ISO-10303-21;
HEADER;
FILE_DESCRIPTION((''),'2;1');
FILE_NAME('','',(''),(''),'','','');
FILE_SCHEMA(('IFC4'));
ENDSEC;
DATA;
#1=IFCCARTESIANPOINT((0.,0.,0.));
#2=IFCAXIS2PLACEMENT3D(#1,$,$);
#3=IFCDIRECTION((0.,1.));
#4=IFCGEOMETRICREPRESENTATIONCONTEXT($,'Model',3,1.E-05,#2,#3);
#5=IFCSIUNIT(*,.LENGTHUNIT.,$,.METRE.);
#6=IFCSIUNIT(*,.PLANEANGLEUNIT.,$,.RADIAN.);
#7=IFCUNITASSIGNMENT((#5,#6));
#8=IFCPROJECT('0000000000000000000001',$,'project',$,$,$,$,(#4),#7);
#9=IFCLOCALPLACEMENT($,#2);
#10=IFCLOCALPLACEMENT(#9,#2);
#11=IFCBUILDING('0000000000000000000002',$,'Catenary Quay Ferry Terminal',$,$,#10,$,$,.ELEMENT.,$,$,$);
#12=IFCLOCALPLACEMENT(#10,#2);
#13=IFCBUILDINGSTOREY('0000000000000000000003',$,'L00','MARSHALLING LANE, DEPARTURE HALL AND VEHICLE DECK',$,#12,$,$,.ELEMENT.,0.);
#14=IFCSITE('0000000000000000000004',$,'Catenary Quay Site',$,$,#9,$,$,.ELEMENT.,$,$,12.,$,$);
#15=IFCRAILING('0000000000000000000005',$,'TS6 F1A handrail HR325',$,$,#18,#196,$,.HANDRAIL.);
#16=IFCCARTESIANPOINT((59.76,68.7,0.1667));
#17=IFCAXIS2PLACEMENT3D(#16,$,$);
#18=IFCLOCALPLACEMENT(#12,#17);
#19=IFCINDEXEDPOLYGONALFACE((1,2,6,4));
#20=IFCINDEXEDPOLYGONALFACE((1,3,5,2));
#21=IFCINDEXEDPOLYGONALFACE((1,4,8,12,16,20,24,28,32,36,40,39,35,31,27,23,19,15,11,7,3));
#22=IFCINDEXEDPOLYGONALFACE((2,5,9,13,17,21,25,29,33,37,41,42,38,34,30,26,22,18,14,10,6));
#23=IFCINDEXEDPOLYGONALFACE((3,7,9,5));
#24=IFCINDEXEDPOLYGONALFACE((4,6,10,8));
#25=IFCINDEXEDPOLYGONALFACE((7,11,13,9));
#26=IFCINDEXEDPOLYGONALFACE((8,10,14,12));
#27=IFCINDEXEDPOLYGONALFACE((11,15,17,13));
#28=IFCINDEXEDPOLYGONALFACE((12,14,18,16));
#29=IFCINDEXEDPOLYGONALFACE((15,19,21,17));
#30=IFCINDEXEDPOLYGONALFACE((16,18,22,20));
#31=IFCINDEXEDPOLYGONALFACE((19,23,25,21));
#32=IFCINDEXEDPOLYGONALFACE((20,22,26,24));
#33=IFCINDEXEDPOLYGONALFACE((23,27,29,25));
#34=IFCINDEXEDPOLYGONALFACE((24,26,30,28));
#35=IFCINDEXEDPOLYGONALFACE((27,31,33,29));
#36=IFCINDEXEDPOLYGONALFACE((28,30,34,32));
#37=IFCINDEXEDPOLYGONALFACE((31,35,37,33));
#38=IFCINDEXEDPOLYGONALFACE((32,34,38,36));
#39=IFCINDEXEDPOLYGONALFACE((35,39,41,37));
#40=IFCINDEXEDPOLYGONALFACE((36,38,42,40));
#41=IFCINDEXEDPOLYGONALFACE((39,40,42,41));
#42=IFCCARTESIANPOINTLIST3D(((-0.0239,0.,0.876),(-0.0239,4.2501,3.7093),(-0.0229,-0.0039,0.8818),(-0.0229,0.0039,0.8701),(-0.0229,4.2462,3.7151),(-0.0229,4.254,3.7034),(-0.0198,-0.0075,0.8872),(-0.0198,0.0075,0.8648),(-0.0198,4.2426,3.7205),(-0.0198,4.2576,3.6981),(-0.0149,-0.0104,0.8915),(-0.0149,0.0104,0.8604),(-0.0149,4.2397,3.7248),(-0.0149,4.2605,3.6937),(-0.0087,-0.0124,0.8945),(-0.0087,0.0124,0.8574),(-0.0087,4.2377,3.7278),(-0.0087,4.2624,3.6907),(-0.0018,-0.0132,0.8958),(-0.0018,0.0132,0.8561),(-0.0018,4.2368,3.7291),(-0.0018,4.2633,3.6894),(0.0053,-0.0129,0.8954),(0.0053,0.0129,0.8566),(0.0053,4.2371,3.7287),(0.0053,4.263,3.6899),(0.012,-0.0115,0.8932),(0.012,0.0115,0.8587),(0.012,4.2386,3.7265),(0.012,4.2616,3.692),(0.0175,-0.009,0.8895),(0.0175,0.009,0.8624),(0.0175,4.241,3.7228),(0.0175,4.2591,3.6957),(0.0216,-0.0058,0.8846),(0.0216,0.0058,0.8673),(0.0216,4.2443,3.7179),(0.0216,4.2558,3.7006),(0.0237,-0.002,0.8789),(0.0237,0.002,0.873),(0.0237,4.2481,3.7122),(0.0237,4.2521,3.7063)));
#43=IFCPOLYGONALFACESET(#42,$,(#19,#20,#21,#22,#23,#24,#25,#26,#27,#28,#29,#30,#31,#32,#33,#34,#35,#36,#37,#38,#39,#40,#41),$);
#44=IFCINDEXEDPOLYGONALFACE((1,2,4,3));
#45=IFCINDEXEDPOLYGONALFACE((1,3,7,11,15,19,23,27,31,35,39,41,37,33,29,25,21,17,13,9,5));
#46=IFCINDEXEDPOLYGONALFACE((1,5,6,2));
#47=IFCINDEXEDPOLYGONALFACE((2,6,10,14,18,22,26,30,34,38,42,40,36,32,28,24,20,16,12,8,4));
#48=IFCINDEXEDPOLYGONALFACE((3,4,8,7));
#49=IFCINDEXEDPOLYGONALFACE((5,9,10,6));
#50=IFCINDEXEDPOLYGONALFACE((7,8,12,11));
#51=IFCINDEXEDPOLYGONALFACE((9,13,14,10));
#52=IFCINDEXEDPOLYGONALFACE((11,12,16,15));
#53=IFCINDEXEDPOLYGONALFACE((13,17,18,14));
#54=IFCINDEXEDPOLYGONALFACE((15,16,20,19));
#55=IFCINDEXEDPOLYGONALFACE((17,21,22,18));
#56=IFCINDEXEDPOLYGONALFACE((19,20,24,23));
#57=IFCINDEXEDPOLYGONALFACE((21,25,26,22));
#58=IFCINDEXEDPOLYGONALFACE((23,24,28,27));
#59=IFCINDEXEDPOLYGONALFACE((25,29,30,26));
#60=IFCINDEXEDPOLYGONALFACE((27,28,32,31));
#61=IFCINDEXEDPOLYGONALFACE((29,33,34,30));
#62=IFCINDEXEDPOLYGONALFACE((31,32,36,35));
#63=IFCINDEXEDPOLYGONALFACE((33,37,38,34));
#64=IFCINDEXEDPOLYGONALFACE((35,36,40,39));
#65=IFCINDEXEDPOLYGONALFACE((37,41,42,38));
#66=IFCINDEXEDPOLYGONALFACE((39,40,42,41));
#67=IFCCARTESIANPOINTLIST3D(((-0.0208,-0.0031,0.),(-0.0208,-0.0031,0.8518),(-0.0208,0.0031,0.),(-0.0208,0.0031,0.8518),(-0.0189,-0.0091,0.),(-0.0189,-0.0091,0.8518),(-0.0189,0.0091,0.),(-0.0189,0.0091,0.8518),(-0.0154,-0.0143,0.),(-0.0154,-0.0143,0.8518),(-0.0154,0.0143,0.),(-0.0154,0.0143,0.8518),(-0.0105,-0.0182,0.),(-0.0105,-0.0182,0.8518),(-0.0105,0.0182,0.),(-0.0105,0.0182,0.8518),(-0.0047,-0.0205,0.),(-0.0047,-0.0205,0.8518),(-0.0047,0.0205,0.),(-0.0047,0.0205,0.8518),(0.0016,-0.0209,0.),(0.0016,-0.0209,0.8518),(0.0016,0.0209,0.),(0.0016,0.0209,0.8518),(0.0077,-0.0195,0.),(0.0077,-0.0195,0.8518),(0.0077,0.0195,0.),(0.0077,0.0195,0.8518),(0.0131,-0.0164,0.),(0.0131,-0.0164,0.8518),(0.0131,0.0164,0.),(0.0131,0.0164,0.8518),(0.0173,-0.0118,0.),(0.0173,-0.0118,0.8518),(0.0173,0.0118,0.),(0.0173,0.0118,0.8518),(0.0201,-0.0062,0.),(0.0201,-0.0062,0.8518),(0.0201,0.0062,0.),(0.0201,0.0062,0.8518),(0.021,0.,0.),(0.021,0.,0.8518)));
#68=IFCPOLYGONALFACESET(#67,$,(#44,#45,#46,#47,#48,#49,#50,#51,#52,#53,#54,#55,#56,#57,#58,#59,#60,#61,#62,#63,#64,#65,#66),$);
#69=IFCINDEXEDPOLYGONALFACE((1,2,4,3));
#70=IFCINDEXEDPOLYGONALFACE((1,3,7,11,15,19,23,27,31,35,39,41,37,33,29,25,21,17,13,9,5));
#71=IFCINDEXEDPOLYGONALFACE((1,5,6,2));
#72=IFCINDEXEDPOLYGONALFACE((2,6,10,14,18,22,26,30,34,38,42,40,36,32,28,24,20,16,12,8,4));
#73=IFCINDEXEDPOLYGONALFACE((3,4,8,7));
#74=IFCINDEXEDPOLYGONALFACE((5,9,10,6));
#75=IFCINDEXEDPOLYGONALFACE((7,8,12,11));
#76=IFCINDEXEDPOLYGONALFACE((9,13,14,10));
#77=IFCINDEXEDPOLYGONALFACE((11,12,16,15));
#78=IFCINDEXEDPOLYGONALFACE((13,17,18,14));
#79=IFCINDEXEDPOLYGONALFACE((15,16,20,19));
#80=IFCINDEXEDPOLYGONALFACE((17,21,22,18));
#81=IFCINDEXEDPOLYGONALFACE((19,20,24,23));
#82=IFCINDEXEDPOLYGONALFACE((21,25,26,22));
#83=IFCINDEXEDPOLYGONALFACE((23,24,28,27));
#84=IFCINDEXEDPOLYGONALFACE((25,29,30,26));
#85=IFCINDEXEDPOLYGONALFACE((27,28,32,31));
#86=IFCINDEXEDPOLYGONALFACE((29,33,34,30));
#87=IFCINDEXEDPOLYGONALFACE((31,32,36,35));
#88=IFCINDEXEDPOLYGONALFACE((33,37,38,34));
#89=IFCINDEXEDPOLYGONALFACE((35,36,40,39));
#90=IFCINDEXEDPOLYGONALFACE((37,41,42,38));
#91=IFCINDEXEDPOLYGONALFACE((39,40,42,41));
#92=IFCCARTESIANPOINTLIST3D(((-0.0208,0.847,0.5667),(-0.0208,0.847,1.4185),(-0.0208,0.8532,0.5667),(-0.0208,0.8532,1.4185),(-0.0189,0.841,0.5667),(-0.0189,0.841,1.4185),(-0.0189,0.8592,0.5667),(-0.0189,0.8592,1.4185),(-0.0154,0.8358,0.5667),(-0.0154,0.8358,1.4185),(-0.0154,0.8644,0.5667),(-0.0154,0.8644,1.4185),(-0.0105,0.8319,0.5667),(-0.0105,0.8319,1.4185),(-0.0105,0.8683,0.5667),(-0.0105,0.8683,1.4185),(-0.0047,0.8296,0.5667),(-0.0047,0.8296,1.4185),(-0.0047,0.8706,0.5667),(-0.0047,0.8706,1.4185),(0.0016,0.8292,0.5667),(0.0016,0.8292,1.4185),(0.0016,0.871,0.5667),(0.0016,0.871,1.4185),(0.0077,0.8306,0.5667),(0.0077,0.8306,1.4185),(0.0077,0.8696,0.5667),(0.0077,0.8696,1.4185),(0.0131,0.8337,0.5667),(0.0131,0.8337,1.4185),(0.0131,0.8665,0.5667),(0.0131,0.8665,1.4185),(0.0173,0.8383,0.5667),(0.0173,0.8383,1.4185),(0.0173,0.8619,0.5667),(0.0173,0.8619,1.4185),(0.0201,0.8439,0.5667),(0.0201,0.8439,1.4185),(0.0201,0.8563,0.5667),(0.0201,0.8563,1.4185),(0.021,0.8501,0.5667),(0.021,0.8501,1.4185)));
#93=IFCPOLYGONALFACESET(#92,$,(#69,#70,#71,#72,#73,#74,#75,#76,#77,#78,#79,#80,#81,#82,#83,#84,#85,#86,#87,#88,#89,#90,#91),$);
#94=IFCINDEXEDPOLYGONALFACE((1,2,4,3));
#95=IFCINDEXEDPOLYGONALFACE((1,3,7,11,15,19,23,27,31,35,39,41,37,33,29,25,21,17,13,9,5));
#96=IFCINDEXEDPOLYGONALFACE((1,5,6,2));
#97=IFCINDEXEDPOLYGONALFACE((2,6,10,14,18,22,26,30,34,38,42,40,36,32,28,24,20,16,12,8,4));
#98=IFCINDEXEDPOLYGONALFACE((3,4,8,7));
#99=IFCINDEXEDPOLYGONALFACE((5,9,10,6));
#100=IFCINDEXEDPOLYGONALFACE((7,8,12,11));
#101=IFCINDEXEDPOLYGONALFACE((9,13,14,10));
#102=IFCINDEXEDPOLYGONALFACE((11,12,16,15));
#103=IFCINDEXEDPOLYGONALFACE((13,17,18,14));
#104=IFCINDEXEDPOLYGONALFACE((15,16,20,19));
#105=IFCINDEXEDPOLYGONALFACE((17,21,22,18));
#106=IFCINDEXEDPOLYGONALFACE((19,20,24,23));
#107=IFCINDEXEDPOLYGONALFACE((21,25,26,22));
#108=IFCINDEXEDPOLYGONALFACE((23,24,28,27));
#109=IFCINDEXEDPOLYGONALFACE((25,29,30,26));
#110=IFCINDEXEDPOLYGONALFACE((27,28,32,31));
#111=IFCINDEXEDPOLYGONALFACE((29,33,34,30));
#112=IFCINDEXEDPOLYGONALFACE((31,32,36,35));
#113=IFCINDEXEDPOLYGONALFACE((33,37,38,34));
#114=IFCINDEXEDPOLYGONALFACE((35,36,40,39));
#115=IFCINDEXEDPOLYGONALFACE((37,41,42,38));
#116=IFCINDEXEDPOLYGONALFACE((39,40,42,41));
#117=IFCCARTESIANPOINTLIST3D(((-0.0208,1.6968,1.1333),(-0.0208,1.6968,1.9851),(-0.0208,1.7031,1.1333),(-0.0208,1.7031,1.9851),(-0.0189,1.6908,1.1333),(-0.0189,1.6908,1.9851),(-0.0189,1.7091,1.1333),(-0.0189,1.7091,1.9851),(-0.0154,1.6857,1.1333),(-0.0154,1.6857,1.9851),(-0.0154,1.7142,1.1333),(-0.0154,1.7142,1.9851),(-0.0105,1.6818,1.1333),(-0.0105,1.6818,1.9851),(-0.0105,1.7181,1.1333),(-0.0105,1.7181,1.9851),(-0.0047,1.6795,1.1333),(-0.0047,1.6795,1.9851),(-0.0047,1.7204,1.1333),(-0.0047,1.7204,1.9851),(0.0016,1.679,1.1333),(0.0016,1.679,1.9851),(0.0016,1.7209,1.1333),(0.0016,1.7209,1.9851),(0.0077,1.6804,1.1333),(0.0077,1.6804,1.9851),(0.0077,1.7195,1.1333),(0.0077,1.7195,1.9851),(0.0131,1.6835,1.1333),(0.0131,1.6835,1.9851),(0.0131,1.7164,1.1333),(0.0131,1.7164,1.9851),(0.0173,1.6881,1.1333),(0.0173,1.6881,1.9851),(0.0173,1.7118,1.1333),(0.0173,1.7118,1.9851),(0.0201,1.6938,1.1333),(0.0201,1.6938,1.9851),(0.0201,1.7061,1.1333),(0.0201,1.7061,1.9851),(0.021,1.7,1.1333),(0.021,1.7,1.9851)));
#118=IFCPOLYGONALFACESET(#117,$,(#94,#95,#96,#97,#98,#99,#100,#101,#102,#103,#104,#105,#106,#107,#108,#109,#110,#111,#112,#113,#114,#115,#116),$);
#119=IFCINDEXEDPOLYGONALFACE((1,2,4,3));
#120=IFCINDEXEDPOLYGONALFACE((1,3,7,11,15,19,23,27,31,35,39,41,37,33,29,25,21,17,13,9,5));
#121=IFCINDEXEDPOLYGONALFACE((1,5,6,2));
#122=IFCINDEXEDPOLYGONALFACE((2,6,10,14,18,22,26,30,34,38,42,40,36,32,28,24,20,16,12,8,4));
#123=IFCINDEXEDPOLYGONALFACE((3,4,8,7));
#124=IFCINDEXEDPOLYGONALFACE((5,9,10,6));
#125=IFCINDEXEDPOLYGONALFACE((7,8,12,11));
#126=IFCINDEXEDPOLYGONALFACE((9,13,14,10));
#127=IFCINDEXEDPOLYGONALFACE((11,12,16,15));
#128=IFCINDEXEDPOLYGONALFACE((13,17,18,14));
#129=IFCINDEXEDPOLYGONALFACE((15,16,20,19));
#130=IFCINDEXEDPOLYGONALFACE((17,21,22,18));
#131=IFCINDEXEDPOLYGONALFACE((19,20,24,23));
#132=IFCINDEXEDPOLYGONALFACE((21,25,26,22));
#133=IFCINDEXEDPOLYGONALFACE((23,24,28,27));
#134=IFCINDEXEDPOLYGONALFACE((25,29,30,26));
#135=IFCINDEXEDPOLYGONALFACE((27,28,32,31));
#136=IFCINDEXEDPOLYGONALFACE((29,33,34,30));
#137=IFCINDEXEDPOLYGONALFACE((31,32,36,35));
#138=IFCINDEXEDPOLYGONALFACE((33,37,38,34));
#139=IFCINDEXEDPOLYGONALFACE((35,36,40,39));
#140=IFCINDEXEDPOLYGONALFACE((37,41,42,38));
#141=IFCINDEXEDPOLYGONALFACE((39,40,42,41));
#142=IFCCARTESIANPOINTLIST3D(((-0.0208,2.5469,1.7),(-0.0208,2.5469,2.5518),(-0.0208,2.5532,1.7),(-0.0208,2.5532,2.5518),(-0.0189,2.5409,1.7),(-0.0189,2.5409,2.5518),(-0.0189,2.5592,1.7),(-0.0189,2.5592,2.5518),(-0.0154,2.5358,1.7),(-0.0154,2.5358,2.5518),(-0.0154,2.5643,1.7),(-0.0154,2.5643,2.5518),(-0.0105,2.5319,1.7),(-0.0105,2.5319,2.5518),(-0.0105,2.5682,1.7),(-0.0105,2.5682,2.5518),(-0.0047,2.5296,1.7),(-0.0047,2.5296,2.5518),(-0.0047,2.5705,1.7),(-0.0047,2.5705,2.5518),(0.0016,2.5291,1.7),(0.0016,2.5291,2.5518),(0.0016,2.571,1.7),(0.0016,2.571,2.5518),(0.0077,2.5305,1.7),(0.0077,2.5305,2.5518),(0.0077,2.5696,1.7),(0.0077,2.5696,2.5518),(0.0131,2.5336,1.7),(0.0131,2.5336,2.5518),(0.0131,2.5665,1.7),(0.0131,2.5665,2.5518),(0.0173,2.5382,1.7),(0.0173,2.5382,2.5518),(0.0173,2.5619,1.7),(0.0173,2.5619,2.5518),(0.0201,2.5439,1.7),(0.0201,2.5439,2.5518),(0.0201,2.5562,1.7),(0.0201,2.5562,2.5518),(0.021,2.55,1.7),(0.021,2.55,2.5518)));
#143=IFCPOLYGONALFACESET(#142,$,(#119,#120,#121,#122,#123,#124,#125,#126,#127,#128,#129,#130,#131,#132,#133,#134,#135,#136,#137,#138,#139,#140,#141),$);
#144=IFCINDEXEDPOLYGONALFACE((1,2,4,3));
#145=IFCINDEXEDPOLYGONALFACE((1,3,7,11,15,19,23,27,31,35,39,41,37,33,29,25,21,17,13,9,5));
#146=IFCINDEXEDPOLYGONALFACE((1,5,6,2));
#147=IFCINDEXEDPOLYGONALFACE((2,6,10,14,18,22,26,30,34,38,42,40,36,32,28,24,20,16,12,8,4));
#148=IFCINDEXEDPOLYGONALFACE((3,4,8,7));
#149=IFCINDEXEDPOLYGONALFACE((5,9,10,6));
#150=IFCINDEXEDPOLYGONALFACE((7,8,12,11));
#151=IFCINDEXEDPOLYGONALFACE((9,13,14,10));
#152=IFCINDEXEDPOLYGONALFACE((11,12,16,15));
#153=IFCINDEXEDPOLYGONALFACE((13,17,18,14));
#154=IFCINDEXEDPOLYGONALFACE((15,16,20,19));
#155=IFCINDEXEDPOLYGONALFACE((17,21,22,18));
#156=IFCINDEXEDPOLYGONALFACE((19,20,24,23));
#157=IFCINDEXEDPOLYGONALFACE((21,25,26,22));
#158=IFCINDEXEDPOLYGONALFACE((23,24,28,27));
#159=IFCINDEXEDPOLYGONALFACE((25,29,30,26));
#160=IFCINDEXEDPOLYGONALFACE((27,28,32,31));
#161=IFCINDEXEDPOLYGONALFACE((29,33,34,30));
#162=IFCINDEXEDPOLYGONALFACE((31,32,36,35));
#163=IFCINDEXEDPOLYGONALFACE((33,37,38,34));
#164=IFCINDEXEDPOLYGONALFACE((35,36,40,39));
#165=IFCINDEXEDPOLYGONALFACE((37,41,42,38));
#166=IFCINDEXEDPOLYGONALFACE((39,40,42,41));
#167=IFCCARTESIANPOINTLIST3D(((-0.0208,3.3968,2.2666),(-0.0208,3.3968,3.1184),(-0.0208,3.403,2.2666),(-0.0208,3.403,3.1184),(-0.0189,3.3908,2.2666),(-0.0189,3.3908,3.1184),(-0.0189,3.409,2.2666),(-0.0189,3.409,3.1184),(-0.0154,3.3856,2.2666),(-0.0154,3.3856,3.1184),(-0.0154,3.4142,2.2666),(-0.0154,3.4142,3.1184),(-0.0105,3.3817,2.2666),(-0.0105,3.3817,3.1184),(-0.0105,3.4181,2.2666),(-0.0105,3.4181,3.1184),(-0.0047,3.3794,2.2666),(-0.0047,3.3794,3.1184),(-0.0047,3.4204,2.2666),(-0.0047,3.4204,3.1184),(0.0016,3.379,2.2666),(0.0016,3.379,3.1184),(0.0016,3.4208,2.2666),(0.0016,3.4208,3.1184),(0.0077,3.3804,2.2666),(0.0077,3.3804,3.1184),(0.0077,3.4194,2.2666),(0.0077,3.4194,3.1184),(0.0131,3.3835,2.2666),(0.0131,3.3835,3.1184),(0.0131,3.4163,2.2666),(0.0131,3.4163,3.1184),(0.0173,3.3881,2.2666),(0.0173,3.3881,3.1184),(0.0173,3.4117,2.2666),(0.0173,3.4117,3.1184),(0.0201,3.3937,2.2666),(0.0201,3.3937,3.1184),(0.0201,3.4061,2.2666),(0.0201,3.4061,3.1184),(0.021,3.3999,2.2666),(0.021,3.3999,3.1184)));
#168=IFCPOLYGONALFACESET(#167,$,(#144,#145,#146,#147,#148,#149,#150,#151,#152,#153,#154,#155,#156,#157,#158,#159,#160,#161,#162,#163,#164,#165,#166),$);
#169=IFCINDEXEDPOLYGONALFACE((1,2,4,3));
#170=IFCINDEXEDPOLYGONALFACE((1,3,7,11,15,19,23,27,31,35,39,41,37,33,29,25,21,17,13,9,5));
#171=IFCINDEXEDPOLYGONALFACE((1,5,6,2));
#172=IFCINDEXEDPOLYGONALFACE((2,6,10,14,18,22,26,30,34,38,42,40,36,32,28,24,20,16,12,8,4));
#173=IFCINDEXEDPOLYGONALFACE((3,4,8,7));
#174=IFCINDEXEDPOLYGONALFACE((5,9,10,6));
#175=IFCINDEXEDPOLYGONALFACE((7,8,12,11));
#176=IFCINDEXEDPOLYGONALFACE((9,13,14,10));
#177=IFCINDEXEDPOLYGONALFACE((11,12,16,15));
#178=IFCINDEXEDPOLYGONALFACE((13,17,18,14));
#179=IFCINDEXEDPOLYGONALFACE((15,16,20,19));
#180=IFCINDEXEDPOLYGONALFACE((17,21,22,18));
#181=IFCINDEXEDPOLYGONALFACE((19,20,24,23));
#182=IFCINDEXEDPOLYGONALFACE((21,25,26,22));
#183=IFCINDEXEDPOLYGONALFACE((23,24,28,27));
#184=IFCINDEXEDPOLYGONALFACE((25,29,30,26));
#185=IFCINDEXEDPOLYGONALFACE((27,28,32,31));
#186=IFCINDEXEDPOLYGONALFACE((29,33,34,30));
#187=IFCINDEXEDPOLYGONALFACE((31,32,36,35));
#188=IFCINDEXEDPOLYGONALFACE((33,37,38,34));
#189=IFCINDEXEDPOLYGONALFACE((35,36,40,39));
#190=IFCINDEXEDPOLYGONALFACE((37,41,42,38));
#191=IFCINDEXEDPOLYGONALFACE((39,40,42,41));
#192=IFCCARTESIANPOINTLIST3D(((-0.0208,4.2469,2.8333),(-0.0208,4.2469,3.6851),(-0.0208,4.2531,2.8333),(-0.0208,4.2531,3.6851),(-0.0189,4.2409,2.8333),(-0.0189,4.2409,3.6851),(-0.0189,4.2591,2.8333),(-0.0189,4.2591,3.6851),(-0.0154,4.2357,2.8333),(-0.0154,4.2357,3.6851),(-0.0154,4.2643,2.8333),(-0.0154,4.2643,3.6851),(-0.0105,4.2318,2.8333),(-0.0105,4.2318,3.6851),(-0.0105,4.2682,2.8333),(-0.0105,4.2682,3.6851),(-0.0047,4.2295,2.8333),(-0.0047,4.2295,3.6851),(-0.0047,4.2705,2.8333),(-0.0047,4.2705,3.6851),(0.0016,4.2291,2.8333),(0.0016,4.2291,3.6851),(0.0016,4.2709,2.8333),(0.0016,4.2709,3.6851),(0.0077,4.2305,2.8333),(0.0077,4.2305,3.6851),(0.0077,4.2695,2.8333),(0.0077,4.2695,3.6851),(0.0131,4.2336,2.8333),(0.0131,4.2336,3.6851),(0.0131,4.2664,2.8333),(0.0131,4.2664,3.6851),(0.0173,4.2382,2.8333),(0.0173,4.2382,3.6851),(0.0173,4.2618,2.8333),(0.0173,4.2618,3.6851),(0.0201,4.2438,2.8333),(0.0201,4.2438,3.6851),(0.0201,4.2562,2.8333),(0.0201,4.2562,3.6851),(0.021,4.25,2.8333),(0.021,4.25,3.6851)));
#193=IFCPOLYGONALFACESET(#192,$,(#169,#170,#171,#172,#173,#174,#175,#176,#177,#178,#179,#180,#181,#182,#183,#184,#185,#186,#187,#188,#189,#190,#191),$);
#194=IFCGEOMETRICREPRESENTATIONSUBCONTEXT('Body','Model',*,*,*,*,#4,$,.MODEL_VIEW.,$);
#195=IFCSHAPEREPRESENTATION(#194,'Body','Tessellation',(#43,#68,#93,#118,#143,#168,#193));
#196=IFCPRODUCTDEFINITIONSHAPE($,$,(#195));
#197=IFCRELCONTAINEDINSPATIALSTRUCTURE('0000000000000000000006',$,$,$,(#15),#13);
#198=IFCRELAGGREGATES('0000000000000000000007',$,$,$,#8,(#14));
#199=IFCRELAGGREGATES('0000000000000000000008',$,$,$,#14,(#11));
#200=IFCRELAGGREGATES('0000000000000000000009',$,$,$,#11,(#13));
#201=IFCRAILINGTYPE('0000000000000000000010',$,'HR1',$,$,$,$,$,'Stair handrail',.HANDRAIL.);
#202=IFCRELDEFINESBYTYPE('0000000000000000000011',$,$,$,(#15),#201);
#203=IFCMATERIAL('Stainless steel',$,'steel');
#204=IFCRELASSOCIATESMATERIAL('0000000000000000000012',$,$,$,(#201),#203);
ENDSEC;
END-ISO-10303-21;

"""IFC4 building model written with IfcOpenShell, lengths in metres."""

from ifc_helpers import new_model, si_unit, direction, frame, origin, origin_2d, place, context, subcontext, project, spatial, circle, extrude, material, type_object, element, save


model = new_model("IFC4")

# Units and contexts
model_context = context("Model", 3, precision=1e-05, world=origin(), true_north=direction((0.0, 1.0)))
body_context = subcontext(model_context, "Body", "Model", "MODEL_VIEW")
ifc_project = project(units=[si_unit("LENGTHUNIT", "METRE"), si_unit("PLANEANGLEUNIT", "RADIAN")], contexts=[model_context])

# Site, building, storey
site_placement = place(None, origin())
site = spatial("IfcSite", under=ifc_project, at=site_placement, Name="Catenary Quay Site", CompositionType="ELEMENT", RefElevation=12.0)
building_placement = place(site_placement, origin())
building = spatial("IfcBuilding", under=site, at=building_placement, Name="Catenary Quay Ferry Terminal", CompositionType="ELEMENT")
storey_placement = place(building_placement, origin())
storey = spatial("IfcBuildingStorey", under=building, at=storey_placement, Name="L00", Description="MARSHALLING LANE, DEPARTURE HALL AND VEHICLE DECK", CompositionType="ELEMENT", Elevation=0.0)

# Railing
ifc_material_1 = material(Name="Stainless steel", Category="steel")
railing_type_1 = type_object("IfcRailingType", Name="HR1", ElementType="Stair handrail", PredefinedType="HANDRAIL", material=ifc_material_1)
for number, where, name in (
    (1, (59.76, 68.7, 0.1667), "TS6 F1A handrail HR325"),
):
    element("IfcRailing", number, at=place(storey_placement, frame(where)), inside=storey, type_object=railing_type_1, Name=name, PredefinedType="HANDRAIL", context=body_context, shape_type="SweptSolid", body=[
        extrude(circle(Radius=0.0239, at=origin_2d()), frame((0.0, 0.0, 0.876), z_axis=(0.0, 0.832058, 0.554689), x_axis=(-1.0, 0.0, 0.0)), (0.0, 0.0, 1.0), 5.1079),
        extrude(circle(Radius=0.021, at=origin_2d()), origin(), (0.0, 0.0, 1.0), 0.8518),
        extrude(circle(Radius=0.021, at=origin_2d()), frame((0.0, 0.8501, 0.5667)), (0.0, 0.0, 1.0), 0.8518),
        extrude(circle(Radius=0.021, at=origin_2d()), frame((0.0, 1.7, 1.1333)), (0.0, 0.0, 1.0), 0.8518),
        extrude(circle(Radius=0.021, at=origin_2d()), frame((0.0, 2.55, 1.7)), (0.0, 0.0, 1.0), 0.8518),
        extrude(circle(Radius=0.021, at=origin_2d()), frame((0.0, 3.3999, 2.2666)), (0.0, 0.0, 1.0), 0.8518),
        extrude(circle(Radius=0.021, at=origin_2d()), frame((0.0, 4.25, 2.8333)), (0.0, 0.0, 1.0), 0.8518),
    ])

save(model, "model.ifc")
